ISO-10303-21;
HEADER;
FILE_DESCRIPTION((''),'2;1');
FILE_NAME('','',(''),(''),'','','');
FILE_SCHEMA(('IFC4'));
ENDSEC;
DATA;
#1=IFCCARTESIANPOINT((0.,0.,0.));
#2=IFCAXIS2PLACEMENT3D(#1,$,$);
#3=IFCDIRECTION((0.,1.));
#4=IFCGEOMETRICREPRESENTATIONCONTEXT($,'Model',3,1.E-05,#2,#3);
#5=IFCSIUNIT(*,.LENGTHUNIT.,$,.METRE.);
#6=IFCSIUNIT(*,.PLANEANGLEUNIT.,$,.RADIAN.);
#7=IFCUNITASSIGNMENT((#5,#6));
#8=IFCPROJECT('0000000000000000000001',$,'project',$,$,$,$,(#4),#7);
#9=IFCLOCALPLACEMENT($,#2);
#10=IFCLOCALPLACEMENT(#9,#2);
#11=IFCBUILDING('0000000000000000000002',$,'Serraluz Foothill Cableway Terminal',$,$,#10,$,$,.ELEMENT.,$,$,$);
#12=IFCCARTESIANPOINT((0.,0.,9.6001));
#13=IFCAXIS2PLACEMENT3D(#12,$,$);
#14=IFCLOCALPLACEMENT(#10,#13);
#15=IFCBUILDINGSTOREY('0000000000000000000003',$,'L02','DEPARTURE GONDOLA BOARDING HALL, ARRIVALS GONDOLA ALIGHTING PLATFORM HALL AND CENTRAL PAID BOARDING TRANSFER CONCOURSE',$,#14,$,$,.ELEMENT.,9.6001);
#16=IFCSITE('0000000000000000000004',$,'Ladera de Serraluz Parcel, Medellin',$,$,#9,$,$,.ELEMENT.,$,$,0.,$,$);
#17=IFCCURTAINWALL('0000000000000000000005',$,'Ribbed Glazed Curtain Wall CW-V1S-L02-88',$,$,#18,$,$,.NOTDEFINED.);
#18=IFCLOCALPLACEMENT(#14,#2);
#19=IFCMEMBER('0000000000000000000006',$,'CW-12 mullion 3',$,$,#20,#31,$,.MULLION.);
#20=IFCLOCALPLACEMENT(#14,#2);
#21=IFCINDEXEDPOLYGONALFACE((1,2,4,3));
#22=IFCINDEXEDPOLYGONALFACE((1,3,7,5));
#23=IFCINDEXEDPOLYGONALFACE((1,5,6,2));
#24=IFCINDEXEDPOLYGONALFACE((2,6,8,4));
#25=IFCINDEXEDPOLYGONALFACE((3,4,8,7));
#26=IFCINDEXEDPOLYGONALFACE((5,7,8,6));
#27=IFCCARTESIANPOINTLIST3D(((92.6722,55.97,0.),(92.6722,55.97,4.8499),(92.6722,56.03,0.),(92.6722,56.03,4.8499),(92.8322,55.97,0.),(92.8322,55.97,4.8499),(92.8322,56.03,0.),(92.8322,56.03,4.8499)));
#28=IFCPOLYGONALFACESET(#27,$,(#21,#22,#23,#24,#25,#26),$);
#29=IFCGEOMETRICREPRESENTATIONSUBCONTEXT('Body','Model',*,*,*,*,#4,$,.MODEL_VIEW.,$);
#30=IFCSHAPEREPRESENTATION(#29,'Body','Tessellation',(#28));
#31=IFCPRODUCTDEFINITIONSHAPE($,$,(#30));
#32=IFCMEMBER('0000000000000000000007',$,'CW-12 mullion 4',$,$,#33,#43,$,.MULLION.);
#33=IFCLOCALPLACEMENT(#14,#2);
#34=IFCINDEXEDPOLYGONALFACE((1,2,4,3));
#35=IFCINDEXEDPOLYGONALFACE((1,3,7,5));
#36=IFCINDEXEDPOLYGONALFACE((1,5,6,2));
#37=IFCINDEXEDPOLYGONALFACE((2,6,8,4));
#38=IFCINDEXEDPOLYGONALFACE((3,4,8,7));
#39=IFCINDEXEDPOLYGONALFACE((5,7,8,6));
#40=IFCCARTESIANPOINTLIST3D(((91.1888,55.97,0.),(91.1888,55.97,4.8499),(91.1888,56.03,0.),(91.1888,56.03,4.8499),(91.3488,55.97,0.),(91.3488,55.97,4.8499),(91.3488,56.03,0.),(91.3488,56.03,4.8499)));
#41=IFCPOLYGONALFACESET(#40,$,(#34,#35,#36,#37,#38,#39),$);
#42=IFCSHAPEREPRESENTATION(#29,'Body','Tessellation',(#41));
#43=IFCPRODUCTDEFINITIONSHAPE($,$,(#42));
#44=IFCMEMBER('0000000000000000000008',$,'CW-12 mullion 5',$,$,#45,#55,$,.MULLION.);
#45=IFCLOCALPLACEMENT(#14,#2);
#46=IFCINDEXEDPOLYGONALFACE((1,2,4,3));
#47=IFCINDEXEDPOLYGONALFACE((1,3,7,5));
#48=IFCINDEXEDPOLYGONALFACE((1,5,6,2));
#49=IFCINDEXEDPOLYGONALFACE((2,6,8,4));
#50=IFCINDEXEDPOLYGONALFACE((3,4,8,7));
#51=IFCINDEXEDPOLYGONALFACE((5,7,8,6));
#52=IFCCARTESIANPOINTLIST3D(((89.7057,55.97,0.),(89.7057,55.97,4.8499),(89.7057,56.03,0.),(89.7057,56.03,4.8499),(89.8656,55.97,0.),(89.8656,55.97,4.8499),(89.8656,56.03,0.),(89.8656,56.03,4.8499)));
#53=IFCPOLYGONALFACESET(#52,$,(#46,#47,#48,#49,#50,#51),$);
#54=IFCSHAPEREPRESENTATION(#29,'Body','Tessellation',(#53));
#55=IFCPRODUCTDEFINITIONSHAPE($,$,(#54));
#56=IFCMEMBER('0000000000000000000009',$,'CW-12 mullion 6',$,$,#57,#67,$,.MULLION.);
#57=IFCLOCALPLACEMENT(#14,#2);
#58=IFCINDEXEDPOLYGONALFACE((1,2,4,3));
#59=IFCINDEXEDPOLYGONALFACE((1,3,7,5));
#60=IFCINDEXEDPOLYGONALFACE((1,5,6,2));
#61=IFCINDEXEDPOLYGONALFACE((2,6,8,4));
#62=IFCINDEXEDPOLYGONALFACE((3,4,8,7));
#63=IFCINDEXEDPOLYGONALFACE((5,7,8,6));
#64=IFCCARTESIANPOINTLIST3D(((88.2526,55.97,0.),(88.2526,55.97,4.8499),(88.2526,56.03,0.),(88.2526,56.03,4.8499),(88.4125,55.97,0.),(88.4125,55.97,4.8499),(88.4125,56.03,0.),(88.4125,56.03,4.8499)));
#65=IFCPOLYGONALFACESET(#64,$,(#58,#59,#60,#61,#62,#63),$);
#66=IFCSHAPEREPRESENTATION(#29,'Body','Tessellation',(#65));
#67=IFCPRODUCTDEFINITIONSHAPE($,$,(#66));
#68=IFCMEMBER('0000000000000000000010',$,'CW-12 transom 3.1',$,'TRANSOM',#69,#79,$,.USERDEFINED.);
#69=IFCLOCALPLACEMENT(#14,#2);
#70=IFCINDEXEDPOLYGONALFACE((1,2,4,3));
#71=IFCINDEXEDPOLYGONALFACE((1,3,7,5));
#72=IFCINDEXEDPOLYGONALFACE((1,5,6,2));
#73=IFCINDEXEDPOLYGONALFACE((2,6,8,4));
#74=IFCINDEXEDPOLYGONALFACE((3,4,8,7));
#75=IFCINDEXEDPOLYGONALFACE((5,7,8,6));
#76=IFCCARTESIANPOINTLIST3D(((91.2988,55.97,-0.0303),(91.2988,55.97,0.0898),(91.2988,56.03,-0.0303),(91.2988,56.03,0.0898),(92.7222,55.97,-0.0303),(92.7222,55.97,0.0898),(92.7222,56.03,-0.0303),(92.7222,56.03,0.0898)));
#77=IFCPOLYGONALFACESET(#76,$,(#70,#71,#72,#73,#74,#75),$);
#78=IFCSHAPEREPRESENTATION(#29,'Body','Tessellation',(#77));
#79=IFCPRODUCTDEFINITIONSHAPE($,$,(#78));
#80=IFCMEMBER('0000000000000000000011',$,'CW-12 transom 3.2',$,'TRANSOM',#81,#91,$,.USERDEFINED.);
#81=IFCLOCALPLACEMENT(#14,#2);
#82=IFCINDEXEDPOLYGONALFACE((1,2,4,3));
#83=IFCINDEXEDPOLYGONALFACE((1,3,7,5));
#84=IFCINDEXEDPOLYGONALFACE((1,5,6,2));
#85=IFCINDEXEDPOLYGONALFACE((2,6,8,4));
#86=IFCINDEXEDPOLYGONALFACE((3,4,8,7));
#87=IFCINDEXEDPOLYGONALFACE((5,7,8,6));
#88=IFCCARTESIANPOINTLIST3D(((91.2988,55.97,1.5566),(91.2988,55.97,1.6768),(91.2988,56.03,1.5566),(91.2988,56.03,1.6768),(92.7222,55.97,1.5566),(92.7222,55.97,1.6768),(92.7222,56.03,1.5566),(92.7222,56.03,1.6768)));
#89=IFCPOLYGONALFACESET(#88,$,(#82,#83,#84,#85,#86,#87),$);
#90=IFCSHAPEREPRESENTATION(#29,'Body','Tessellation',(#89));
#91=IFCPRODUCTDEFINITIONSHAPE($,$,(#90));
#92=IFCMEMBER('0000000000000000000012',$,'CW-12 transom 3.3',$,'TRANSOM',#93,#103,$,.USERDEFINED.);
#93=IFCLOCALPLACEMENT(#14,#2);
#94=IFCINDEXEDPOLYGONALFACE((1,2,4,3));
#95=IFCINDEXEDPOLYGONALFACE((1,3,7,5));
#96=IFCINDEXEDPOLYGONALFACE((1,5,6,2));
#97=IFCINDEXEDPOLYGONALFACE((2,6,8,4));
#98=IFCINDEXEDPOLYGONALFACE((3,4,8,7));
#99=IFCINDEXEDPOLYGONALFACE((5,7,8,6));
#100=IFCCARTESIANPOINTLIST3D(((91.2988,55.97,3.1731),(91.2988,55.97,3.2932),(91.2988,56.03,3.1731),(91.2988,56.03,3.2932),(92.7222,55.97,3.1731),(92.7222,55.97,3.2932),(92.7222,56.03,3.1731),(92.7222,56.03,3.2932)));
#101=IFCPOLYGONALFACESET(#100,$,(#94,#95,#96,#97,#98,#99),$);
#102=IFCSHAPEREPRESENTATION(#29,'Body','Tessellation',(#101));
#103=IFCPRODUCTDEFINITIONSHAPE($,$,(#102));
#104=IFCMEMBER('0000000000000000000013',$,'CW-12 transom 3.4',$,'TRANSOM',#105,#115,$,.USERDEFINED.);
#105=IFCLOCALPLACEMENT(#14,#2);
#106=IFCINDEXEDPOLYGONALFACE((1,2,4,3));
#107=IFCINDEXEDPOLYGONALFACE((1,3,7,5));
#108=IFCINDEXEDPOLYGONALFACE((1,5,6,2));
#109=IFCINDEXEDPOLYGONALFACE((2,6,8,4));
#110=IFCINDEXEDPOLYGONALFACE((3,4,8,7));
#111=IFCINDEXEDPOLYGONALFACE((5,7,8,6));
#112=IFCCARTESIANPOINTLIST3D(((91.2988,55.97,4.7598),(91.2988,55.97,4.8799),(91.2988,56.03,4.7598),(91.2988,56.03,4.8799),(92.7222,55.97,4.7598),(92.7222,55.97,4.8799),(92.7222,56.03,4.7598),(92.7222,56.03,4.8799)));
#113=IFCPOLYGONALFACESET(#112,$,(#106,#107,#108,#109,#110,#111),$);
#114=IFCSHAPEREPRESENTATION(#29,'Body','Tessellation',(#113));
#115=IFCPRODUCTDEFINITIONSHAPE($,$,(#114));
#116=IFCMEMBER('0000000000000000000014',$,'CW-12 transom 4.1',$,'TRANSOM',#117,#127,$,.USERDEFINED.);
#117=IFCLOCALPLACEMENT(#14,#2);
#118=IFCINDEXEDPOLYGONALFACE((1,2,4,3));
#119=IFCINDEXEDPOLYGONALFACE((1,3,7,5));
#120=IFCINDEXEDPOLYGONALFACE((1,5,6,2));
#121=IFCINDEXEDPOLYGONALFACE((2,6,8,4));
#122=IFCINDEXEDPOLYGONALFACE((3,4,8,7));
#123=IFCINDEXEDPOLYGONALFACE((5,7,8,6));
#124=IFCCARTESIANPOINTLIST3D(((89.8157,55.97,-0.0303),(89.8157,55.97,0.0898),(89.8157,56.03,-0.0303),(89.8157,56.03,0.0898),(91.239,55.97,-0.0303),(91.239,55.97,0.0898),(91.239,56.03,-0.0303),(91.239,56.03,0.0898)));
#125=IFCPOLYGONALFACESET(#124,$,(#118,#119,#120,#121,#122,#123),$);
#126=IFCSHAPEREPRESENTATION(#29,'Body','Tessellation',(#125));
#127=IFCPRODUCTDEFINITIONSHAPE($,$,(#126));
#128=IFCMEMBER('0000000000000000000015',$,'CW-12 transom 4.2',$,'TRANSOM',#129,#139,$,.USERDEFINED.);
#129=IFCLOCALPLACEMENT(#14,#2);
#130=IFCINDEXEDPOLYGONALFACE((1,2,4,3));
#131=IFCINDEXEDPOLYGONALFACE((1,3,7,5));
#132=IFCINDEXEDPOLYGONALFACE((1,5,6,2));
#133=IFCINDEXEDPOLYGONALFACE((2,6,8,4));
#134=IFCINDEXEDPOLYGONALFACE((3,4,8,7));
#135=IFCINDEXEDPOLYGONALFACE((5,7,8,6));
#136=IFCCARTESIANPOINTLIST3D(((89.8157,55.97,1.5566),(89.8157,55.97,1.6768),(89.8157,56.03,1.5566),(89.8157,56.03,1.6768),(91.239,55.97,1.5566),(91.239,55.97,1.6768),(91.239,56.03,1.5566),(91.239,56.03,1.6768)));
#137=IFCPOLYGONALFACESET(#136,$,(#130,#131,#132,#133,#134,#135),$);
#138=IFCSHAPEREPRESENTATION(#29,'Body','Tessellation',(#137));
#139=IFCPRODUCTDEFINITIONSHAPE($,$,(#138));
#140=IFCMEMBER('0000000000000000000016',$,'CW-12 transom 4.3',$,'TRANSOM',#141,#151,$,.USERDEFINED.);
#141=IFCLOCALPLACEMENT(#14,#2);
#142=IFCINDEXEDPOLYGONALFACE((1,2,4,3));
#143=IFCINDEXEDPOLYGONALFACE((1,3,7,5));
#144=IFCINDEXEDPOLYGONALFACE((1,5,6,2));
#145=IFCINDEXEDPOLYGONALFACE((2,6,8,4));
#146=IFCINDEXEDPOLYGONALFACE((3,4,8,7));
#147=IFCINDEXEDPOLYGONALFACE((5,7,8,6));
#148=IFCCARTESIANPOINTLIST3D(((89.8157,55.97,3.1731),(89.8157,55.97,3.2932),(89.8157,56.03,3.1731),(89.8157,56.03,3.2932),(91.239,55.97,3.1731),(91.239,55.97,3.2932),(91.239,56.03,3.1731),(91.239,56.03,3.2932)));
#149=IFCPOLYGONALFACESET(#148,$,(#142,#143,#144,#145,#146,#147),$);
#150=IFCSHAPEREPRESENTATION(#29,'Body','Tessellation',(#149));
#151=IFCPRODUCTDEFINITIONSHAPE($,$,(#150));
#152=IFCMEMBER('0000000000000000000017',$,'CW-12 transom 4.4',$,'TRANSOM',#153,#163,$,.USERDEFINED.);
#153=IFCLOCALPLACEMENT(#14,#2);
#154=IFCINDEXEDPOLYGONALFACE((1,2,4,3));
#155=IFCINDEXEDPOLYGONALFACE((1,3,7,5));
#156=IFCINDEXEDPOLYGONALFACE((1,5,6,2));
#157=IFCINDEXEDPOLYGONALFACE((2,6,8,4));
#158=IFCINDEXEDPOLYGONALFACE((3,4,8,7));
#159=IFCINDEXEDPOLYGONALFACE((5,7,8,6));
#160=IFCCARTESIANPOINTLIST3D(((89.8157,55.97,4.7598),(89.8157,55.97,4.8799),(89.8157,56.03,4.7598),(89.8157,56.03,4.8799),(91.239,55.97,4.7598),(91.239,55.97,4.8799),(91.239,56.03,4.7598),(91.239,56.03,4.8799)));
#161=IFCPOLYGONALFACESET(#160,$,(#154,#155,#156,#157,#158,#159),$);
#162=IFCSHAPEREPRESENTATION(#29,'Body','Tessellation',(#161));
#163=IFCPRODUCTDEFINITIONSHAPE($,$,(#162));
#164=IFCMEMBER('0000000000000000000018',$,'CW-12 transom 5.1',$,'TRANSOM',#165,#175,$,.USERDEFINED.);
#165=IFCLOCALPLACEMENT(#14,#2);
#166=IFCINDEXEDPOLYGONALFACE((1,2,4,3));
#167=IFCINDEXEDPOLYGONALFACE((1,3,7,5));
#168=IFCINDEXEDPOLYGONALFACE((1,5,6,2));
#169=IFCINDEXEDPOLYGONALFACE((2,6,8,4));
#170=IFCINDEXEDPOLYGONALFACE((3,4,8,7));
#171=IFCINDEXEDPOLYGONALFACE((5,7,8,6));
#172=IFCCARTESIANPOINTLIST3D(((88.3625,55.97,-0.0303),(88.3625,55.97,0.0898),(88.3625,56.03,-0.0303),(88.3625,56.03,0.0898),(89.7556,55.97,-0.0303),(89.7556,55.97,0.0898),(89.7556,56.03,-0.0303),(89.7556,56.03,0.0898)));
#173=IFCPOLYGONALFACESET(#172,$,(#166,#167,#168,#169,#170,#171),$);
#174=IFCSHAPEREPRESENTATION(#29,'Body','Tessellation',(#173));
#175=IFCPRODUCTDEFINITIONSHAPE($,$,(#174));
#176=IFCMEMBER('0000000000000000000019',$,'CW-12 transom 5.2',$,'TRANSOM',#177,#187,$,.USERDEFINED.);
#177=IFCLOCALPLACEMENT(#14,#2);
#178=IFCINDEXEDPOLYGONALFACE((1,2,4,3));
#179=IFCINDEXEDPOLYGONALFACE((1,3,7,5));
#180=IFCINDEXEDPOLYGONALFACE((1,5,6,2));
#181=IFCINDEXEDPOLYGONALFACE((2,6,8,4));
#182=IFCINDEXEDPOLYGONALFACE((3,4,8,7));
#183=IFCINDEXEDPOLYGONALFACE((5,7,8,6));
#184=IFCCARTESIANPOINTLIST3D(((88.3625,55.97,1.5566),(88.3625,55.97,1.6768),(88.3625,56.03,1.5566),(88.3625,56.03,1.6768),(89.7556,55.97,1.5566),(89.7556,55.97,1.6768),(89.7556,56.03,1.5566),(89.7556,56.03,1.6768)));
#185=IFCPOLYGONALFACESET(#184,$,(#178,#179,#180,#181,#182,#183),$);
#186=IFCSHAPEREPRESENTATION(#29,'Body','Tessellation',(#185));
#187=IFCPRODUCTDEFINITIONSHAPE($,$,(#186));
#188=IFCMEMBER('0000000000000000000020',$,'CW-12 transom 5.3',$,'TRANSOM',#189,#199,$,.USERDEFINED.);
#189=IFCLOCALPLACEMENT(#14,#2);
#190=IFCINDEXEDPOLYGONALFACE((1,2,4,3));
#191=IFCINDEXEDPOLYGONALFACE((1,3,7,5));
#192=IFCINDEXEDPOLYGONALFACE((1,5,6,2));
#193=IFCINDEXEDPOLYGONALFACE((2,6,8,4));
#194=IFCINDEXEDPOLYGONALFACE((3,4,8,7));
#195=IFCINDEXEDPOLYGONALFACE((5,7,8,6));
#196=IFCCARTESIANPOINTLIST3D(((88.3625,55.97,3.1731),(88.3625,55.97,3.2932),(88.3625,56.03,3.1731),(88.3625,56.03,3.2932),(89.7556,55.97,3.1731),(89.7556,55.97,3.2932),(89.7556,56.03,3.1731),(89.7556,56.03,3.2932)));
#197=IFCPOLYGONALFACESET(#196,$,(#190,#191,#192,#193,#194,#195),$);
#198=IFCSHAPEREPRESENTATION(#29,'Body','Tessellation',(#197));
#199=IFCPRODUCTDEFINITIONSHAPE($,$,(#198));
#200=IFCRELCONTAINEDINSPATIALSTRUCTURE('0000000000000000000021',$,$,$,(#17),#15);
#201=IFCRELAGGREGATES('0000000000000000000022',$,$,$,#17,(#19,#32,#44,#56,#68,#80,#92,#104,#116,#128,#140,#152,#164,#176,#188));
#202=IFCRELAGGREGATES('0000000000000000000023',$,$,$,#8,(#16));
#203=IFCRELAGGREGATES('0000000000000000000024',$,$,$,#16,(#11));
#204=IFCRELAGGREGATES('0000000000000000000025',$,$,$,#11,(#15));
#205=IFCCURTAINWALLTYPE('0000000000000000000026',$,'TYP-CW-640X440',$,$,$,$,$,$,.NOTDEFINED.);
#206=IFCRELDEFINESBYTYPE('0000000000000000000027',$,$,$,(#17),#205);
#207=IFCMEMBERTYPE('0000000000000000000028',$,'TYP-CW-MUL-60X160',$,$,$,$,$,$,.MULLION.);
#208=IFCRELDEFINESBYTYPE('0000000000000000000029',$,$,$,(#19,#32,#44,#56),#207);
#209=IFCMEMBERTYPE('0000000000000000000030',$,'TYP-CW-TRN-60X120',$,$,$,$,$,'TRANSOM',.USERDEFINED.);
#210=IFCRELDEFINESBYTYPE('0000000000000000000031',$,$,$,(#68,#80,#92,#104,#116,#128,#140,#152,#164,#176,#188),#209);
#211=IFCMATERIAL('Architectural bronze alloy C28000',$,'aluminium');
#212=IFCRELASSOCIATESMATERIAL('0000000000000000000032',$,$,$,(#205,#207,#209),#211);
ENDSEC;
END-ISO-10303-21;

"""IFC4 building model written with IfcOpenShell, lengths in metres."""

from ifc_helpers import new_model, si_unit, direction, frame, origin, origin_2d, place, context, subcontext, project, spatial, rectangle, extrude, material, material_profile, profile_set, type_object, element, aggregate, save


model = new_model("IFC4")

# Units and contexts
model_context = context("Model", 3, precision=1e-05, world=origin(), true_north=direction((0.0, 1.0)))
body_context = subcontext(model_context, "Body", "Model", "MODEL_VIEW")
ifc_project = project(units=[si_unit("LENGTHUNIT", "METRE"), si_unit("PLANEANGLEUNIT", "RADIAN")], contexts=[model_context])

# Site, building, storey
site_placement = place(None, origin())
site = spatial("IfcSite", under=ifc_project, at=site_placement, Name="Ladera de Serraluz Parcel, Medellin", CompositionType="ELEMENT", RefElevation=0.0)
building_placement = place(site_placement, origin())
building = spatial("IfcBuilding", under=site, at=building_placement, Name="Serraluz Foothill Cableway Terminal", CompositionType="ELEMENT")
storey_placement = place(building_placement, frame((0.0, 0.0, 9.6001)))
storey = spatial("IfcBuildingStorey", under=building, at=storey_placement, Name="L02", Description="DEPARTURE GONDOLA BOARDING HALL, ARRIVALS GONDOLA ALIGHTING PLATFORM HALL AND CENTRAL PAID BOARDING TRANSFER CONCOURSE", CompositionType="ELEMENT", Elevation=9.6001)

# Curtain wall, members
ifc_material_1 = material(Name="Architectural bronze alloy C28000", Category="aluminium")
curtain_wall_type = type_object("IfcCurtainWallType", Name="TYP-CW-640X440", PredefinedType="NOTDEFINED", material=ifc_material_1)
curtain_wall_placement = place(storey_placement, origin())
curtain_wall = element("IfcCurtainWall", 1, at=curtain_wall_placement, inside=storey, type_object=curtain_wall_type, Name="Ribbed Glazed Curtain Wall CW-V1S-L02-88", PredefinedType="NOTDEFINED")
ifc_material_profile_1 = material_profile(ifc_material_1, rectangle(XDim=0.0601, YDim=0.1599, at=origin_2d()), Name="ALU MULLION 60x160")
ifc_profile_set_1 = profile_set([ifc_material_profile_1], Name="Architectural bronze alloy C28000")
member_type_1 = type_object("IfcMemberType", Name="TYP-CW-MUL-60X160", PredefinedType="MULLION", material=ifc_profile_set_1)
member_1_placement = place(storey_placement, frame((92.7522, 56.0, 0.0), z_axis=(0.0, 0.0, 1.0), x_axis=(0.0, -1.0, 0.0)))
member_1 = element("IfcMember", 2, at=member_1_placement, type_object=member_type_1, Name="CW-12 mullion 3", PredefinedType="MULLION", context=body_context, shape_type="SweptSolid", body=[
    extrude(rectangle(XDim=0.0601, YDim=0.1599, at=origin_2d()), origin(), (0.0, 0.0, 1.0), 4.8499),
])
member_2_placement = place(storey_placement, frame((91.2688, 56.0, 0.0), z_axis=(0.0, 0.0, 1.0), x_axis=(0.0, -1.0, 0.0)))
member_2 = element("IfcMember", 3, at=member_2_placement, type_object=member_type_1, Name="CW-12 mullion 4", PredefinedType="MULLION", context=body_context, shape_type="SweptSolid", body=[
    extrude(rectangle(XDim=0.0601, YDim=0.1599, at=origin_2d()), origin(), (0.0, 0.0, 1.0), 4.8499),
])
member_3_placement = place(storey_placement, frame((89.7856, 56.0, 0.0), z_axis=(0.0, 0.0, 1.0), x_axis=(0.0, -1.0, 0.0)))
member_3 = element("IfcMember", 4, at=member_3_placement, type_object=member_type_1, Name="CW-12 mullion 5", PredefinedType="MULLION", context=body_context, shape_type="SweptSolid", body=[
    extrude(rectangle(XDim=0.0601, YDim=0.1599, at=origin_2d()), origin(), (0.0, 0.0, 1.0), 4.8499),
])
member_4_placement = place(storey_placement, frame((88.3325, 56.0, 0.0), z_axis=(0.0, 0.0, 1.0), x_axis=(0.0, -1.0, 0.0)))
member_4 = element("IfcMember", 5, at=member_4_placement, type_object=member_type_1, Name="CW-12 mullion 6", PredefinedType="MULLION", context=body_context, shape_type="SweptSolid", body=[
    extrude(rectangle(XDim=0.0601, YDim=0.1599, at=origin_2d()), origin(), (0.0, 0.0, 1.0), 4.8499),
])
ifc_material_profile_2 = material_profile(ifc_material_1, rectangle(XDim=0.0601, YDim=0.1201, at=origin_2d()), Name="ALU TRANSOM 60x120")
ifc_profile_set_2 = profile_set([ifc_material_profile_2], Name="Architectural bronze alloy C28000")
member_type_2 = type_object("IfcMemberType", Name="TYP-CW-TRN-60X120", ElementType="TRANSOM", PredefinedType="USERDEFINED", material=ifc_profile_set_2)
member_5_placement = place(storey_placement, frame((92.7222, 56.0, 0.0298), z_axis=(-1.0, 0.0, 0.0), x_axis=(0.0, -1.0, 0.0)))
member_5 = element("IfcMember", 6, at=member_5_placement, type_object=member_type_2, Name="CW-12 transom 3.1", ObjectType="TRANSOM", PredefinedType="USERDEFINED", context=body_context, shape_type="SweptSolid", body=[
    extrude(rectangle(XDim=0.0601, YDim=0.1201, at=origin_2d()), origin(), (0.0, 0.0, 1.0), 1.4233),
])
member_6_placement = place(storey_placement, frame((92.7222, 56.0, 1.6167), z_axis=(-1.0, 0.0, 0.0), x_axis=(0.0, -1.0, 0.0)))
member_6 = element("IfcMember", 7, at=member_6_placement, type_object=member_type_2, Name="CW-12 transom 3.2", ObjectType="TRANSOM", PredefinedType="USERDEFINED", context=body_context, shape_type="SweptSolid", body=[
    extrude(rectangle(XDim=0.0601, YDim=0.1201, at=origin_2d()), origin(), (0.0, 0.0, 1.0), 1.4233),
])
member_7_placement = place(storey_placement, frame((92.7222, 56.0, 3.2332), z_axis=(-1.0, 0.0, 0.0), x_axis=(0.0, -1.0, 0.0)))
member_7 = element("IfcMember", 8, at=member_7_placement, type_object=member_type_2, Name="CW-12 transom 3.3", ObjectType="TRANSOM", PredefinedType="USERDEFINED", context=body_context, shape_type="SweptSolid", body=[
    extrude(rectangle(XDim=0.0601, YDim=0.1201, at=origin_2d()), origin(), (0.0, 0.0, 1.0), 1.4233),
])
member_8_placement = place(storey_placement, frame((92.7222, 56.0, 4.8198), z_axis=(-1.0, 0.0, 0.0), x_axis=(0.0, -1.0, 0.0)))
member_8 = element("IfcMember", 9, at=member_8_placement, type_object=member_type_2, Name="CW-12 transom 3.4", ObjectType="TRANSOM", PredefinedType="USERDEFINED", context=body_context, shape_type="SweptSolid", body=[
    extrude(rectangle(XDim=0.0601, YDim=0.1201, at=origin_2d()), origin(), (0.0, 0.0, 1.0), 1.4233),
])
member_9_placement = place(storey_placement, frame((91.239, 56.0, 0.0298), z_axis=(-1.0, 0.0, 0.0), x_axis=(0.0, -1.0, 0.0)))
member_9 = element("IfcMember", 10, at=member_9_placement, type_object=member_type_2, Name="CW-12 transom 4.1", ObjectType="TRANSOM", PredefinedType="USERDEFINED", context=body_context, shape_type="SweptSolid", body=[
    extrude(rectangle(XDim=0.0601, YDim=0.1201, at=origin_2d()), origin(), (0.0, 0.0, 1.0), 1.4233),
])
member_10_placement = place(storey_placement, frame((91.239, 56.0, 1.6167), z_axis=(-1.0, 0.0, 0.0), x_axis=(0.0, -1.0, 0.0)))
member_10 = element("IfcMember", 11, at=member_10_placement, type_object=member_type_2, Name="CW-12 transom 4.2", ObjectType="TRANSOM", PredefinedType="USERDEFINED", context=body_context, shape_type="SweptSolid", body=[
    extrude(rectangle(XDim=0.0601, YDim=0.1201, at=origin_2d()), origin(), (0.0, 0.0, 1.0), 1.4233),
])
member_11_placement = place(storey_placement, frame((91.239, 56.0, 3.2332), z_axis=(-1.0, 0.0, 0.0), x_axis=(0.0, -1.0, 0.0)))
member_11 = element("IfcMember", 12, at=member_11_placement, type_object=member_type_2, Name="CW-12 transom 4.3", ObjectType="TRANSOM", PredefinedType="USERDEFINED", context=body_context, shape_type="SweptSolid", body=[
    extrude(rectangle(XDim=0.0601, YDim=0.1201, at=origin_2d()), origin(), (0.0, 0.0, 1.0), 1.4233),
])
member_12_placement = place(storey_placement, frame((91.239, 56.0, 4.8198), z_axis=(-1.0, 0.0, 0.0), x_axis=(0.0, -1.0, 0.0)))
member_12 = element("IfcMember", 13, at=member_12_placement, type_object=member_type_2, Name="CW-12 transom 4.4", ObjectType="TRANSOM", PredefinedType="USERDEFINED", context=body_context, shape_type="SweptSolid", body=[
    extrude(rectangle(XDim=0.0601, YDim=0.1201, at=origin_2d()), origin(), (0.0, 0.0, 1.0), 1.4233),
])
member_13_placement = place(storey_placement, frame((89.7556, 56.0, 0.0298), z_axis=(-1.0, 0.0, 0.0), x_axis=(0.0, -1.0, 0.0)))
member_13 = element("IfcMember", 14, at=member_13_placement, type_object=member_type_2, Name="CW-12 transom 5.1", ObjectType="TRANSOM", PredefinedType="USERDEFINED", context=body_context, shape_type="SweptSolid", body=[
    extrude(rectangle(XDim=0.0601, YDim=0.1201, at=origin_2d()), origin(), (0.0, 0.0, 1.0), 1.3931),
])
member_14_placement = place(storey_placement, frame((89.7556, 56.0, 1.6167), z_axis=(-1.0, 0.0, 0.0), x_axis=(0.0, -1.0, 0.0)))
member_14 = element("IfcMember", 15, at=member_14_placement, type_object=member_type_2, Name="CW-12 transom 5.2", ObjectType="TRANSOM", PredefinedType="USERDEFINED", context=body_context, shape_type="SweptSolid", body=[
    extrude(rectangle(XDim=0.0601, YDim=0.1201, at=origin_2d()), origin(), (0.0, 0.0, 1.0), 1.3931),
])
member_15_placement = place(storey_placement, frame((89.7556, 56.0, 3.2332), z_axis=(-1.0, 0.0, 0.0), x_axis=(0.0, -1.0, 0.0)))
member_15 = element("IfcMember", 16, at=member_15_placement, type_object=member_type_2, Name="CW-12 transom 5.3", ObjectType="TRANSOM", PredefinedType="USERDEFINED", context=body_context, shape_type="SweptSolid", body=[
    extrude(rectangle(XDim=0.0601, YDim=0.1201, at=origin_2d()), origin(), (0.0, 0.0, 1.0), 1.3931),
])
aggregate(curtain_wall, [member_1, member_2, member_3, member_4, member_5, member_6, member_7, member_8, member_9, member_10, member_11, member_12, member_13, member_14, member_15])

save(model, "model.ifc")
